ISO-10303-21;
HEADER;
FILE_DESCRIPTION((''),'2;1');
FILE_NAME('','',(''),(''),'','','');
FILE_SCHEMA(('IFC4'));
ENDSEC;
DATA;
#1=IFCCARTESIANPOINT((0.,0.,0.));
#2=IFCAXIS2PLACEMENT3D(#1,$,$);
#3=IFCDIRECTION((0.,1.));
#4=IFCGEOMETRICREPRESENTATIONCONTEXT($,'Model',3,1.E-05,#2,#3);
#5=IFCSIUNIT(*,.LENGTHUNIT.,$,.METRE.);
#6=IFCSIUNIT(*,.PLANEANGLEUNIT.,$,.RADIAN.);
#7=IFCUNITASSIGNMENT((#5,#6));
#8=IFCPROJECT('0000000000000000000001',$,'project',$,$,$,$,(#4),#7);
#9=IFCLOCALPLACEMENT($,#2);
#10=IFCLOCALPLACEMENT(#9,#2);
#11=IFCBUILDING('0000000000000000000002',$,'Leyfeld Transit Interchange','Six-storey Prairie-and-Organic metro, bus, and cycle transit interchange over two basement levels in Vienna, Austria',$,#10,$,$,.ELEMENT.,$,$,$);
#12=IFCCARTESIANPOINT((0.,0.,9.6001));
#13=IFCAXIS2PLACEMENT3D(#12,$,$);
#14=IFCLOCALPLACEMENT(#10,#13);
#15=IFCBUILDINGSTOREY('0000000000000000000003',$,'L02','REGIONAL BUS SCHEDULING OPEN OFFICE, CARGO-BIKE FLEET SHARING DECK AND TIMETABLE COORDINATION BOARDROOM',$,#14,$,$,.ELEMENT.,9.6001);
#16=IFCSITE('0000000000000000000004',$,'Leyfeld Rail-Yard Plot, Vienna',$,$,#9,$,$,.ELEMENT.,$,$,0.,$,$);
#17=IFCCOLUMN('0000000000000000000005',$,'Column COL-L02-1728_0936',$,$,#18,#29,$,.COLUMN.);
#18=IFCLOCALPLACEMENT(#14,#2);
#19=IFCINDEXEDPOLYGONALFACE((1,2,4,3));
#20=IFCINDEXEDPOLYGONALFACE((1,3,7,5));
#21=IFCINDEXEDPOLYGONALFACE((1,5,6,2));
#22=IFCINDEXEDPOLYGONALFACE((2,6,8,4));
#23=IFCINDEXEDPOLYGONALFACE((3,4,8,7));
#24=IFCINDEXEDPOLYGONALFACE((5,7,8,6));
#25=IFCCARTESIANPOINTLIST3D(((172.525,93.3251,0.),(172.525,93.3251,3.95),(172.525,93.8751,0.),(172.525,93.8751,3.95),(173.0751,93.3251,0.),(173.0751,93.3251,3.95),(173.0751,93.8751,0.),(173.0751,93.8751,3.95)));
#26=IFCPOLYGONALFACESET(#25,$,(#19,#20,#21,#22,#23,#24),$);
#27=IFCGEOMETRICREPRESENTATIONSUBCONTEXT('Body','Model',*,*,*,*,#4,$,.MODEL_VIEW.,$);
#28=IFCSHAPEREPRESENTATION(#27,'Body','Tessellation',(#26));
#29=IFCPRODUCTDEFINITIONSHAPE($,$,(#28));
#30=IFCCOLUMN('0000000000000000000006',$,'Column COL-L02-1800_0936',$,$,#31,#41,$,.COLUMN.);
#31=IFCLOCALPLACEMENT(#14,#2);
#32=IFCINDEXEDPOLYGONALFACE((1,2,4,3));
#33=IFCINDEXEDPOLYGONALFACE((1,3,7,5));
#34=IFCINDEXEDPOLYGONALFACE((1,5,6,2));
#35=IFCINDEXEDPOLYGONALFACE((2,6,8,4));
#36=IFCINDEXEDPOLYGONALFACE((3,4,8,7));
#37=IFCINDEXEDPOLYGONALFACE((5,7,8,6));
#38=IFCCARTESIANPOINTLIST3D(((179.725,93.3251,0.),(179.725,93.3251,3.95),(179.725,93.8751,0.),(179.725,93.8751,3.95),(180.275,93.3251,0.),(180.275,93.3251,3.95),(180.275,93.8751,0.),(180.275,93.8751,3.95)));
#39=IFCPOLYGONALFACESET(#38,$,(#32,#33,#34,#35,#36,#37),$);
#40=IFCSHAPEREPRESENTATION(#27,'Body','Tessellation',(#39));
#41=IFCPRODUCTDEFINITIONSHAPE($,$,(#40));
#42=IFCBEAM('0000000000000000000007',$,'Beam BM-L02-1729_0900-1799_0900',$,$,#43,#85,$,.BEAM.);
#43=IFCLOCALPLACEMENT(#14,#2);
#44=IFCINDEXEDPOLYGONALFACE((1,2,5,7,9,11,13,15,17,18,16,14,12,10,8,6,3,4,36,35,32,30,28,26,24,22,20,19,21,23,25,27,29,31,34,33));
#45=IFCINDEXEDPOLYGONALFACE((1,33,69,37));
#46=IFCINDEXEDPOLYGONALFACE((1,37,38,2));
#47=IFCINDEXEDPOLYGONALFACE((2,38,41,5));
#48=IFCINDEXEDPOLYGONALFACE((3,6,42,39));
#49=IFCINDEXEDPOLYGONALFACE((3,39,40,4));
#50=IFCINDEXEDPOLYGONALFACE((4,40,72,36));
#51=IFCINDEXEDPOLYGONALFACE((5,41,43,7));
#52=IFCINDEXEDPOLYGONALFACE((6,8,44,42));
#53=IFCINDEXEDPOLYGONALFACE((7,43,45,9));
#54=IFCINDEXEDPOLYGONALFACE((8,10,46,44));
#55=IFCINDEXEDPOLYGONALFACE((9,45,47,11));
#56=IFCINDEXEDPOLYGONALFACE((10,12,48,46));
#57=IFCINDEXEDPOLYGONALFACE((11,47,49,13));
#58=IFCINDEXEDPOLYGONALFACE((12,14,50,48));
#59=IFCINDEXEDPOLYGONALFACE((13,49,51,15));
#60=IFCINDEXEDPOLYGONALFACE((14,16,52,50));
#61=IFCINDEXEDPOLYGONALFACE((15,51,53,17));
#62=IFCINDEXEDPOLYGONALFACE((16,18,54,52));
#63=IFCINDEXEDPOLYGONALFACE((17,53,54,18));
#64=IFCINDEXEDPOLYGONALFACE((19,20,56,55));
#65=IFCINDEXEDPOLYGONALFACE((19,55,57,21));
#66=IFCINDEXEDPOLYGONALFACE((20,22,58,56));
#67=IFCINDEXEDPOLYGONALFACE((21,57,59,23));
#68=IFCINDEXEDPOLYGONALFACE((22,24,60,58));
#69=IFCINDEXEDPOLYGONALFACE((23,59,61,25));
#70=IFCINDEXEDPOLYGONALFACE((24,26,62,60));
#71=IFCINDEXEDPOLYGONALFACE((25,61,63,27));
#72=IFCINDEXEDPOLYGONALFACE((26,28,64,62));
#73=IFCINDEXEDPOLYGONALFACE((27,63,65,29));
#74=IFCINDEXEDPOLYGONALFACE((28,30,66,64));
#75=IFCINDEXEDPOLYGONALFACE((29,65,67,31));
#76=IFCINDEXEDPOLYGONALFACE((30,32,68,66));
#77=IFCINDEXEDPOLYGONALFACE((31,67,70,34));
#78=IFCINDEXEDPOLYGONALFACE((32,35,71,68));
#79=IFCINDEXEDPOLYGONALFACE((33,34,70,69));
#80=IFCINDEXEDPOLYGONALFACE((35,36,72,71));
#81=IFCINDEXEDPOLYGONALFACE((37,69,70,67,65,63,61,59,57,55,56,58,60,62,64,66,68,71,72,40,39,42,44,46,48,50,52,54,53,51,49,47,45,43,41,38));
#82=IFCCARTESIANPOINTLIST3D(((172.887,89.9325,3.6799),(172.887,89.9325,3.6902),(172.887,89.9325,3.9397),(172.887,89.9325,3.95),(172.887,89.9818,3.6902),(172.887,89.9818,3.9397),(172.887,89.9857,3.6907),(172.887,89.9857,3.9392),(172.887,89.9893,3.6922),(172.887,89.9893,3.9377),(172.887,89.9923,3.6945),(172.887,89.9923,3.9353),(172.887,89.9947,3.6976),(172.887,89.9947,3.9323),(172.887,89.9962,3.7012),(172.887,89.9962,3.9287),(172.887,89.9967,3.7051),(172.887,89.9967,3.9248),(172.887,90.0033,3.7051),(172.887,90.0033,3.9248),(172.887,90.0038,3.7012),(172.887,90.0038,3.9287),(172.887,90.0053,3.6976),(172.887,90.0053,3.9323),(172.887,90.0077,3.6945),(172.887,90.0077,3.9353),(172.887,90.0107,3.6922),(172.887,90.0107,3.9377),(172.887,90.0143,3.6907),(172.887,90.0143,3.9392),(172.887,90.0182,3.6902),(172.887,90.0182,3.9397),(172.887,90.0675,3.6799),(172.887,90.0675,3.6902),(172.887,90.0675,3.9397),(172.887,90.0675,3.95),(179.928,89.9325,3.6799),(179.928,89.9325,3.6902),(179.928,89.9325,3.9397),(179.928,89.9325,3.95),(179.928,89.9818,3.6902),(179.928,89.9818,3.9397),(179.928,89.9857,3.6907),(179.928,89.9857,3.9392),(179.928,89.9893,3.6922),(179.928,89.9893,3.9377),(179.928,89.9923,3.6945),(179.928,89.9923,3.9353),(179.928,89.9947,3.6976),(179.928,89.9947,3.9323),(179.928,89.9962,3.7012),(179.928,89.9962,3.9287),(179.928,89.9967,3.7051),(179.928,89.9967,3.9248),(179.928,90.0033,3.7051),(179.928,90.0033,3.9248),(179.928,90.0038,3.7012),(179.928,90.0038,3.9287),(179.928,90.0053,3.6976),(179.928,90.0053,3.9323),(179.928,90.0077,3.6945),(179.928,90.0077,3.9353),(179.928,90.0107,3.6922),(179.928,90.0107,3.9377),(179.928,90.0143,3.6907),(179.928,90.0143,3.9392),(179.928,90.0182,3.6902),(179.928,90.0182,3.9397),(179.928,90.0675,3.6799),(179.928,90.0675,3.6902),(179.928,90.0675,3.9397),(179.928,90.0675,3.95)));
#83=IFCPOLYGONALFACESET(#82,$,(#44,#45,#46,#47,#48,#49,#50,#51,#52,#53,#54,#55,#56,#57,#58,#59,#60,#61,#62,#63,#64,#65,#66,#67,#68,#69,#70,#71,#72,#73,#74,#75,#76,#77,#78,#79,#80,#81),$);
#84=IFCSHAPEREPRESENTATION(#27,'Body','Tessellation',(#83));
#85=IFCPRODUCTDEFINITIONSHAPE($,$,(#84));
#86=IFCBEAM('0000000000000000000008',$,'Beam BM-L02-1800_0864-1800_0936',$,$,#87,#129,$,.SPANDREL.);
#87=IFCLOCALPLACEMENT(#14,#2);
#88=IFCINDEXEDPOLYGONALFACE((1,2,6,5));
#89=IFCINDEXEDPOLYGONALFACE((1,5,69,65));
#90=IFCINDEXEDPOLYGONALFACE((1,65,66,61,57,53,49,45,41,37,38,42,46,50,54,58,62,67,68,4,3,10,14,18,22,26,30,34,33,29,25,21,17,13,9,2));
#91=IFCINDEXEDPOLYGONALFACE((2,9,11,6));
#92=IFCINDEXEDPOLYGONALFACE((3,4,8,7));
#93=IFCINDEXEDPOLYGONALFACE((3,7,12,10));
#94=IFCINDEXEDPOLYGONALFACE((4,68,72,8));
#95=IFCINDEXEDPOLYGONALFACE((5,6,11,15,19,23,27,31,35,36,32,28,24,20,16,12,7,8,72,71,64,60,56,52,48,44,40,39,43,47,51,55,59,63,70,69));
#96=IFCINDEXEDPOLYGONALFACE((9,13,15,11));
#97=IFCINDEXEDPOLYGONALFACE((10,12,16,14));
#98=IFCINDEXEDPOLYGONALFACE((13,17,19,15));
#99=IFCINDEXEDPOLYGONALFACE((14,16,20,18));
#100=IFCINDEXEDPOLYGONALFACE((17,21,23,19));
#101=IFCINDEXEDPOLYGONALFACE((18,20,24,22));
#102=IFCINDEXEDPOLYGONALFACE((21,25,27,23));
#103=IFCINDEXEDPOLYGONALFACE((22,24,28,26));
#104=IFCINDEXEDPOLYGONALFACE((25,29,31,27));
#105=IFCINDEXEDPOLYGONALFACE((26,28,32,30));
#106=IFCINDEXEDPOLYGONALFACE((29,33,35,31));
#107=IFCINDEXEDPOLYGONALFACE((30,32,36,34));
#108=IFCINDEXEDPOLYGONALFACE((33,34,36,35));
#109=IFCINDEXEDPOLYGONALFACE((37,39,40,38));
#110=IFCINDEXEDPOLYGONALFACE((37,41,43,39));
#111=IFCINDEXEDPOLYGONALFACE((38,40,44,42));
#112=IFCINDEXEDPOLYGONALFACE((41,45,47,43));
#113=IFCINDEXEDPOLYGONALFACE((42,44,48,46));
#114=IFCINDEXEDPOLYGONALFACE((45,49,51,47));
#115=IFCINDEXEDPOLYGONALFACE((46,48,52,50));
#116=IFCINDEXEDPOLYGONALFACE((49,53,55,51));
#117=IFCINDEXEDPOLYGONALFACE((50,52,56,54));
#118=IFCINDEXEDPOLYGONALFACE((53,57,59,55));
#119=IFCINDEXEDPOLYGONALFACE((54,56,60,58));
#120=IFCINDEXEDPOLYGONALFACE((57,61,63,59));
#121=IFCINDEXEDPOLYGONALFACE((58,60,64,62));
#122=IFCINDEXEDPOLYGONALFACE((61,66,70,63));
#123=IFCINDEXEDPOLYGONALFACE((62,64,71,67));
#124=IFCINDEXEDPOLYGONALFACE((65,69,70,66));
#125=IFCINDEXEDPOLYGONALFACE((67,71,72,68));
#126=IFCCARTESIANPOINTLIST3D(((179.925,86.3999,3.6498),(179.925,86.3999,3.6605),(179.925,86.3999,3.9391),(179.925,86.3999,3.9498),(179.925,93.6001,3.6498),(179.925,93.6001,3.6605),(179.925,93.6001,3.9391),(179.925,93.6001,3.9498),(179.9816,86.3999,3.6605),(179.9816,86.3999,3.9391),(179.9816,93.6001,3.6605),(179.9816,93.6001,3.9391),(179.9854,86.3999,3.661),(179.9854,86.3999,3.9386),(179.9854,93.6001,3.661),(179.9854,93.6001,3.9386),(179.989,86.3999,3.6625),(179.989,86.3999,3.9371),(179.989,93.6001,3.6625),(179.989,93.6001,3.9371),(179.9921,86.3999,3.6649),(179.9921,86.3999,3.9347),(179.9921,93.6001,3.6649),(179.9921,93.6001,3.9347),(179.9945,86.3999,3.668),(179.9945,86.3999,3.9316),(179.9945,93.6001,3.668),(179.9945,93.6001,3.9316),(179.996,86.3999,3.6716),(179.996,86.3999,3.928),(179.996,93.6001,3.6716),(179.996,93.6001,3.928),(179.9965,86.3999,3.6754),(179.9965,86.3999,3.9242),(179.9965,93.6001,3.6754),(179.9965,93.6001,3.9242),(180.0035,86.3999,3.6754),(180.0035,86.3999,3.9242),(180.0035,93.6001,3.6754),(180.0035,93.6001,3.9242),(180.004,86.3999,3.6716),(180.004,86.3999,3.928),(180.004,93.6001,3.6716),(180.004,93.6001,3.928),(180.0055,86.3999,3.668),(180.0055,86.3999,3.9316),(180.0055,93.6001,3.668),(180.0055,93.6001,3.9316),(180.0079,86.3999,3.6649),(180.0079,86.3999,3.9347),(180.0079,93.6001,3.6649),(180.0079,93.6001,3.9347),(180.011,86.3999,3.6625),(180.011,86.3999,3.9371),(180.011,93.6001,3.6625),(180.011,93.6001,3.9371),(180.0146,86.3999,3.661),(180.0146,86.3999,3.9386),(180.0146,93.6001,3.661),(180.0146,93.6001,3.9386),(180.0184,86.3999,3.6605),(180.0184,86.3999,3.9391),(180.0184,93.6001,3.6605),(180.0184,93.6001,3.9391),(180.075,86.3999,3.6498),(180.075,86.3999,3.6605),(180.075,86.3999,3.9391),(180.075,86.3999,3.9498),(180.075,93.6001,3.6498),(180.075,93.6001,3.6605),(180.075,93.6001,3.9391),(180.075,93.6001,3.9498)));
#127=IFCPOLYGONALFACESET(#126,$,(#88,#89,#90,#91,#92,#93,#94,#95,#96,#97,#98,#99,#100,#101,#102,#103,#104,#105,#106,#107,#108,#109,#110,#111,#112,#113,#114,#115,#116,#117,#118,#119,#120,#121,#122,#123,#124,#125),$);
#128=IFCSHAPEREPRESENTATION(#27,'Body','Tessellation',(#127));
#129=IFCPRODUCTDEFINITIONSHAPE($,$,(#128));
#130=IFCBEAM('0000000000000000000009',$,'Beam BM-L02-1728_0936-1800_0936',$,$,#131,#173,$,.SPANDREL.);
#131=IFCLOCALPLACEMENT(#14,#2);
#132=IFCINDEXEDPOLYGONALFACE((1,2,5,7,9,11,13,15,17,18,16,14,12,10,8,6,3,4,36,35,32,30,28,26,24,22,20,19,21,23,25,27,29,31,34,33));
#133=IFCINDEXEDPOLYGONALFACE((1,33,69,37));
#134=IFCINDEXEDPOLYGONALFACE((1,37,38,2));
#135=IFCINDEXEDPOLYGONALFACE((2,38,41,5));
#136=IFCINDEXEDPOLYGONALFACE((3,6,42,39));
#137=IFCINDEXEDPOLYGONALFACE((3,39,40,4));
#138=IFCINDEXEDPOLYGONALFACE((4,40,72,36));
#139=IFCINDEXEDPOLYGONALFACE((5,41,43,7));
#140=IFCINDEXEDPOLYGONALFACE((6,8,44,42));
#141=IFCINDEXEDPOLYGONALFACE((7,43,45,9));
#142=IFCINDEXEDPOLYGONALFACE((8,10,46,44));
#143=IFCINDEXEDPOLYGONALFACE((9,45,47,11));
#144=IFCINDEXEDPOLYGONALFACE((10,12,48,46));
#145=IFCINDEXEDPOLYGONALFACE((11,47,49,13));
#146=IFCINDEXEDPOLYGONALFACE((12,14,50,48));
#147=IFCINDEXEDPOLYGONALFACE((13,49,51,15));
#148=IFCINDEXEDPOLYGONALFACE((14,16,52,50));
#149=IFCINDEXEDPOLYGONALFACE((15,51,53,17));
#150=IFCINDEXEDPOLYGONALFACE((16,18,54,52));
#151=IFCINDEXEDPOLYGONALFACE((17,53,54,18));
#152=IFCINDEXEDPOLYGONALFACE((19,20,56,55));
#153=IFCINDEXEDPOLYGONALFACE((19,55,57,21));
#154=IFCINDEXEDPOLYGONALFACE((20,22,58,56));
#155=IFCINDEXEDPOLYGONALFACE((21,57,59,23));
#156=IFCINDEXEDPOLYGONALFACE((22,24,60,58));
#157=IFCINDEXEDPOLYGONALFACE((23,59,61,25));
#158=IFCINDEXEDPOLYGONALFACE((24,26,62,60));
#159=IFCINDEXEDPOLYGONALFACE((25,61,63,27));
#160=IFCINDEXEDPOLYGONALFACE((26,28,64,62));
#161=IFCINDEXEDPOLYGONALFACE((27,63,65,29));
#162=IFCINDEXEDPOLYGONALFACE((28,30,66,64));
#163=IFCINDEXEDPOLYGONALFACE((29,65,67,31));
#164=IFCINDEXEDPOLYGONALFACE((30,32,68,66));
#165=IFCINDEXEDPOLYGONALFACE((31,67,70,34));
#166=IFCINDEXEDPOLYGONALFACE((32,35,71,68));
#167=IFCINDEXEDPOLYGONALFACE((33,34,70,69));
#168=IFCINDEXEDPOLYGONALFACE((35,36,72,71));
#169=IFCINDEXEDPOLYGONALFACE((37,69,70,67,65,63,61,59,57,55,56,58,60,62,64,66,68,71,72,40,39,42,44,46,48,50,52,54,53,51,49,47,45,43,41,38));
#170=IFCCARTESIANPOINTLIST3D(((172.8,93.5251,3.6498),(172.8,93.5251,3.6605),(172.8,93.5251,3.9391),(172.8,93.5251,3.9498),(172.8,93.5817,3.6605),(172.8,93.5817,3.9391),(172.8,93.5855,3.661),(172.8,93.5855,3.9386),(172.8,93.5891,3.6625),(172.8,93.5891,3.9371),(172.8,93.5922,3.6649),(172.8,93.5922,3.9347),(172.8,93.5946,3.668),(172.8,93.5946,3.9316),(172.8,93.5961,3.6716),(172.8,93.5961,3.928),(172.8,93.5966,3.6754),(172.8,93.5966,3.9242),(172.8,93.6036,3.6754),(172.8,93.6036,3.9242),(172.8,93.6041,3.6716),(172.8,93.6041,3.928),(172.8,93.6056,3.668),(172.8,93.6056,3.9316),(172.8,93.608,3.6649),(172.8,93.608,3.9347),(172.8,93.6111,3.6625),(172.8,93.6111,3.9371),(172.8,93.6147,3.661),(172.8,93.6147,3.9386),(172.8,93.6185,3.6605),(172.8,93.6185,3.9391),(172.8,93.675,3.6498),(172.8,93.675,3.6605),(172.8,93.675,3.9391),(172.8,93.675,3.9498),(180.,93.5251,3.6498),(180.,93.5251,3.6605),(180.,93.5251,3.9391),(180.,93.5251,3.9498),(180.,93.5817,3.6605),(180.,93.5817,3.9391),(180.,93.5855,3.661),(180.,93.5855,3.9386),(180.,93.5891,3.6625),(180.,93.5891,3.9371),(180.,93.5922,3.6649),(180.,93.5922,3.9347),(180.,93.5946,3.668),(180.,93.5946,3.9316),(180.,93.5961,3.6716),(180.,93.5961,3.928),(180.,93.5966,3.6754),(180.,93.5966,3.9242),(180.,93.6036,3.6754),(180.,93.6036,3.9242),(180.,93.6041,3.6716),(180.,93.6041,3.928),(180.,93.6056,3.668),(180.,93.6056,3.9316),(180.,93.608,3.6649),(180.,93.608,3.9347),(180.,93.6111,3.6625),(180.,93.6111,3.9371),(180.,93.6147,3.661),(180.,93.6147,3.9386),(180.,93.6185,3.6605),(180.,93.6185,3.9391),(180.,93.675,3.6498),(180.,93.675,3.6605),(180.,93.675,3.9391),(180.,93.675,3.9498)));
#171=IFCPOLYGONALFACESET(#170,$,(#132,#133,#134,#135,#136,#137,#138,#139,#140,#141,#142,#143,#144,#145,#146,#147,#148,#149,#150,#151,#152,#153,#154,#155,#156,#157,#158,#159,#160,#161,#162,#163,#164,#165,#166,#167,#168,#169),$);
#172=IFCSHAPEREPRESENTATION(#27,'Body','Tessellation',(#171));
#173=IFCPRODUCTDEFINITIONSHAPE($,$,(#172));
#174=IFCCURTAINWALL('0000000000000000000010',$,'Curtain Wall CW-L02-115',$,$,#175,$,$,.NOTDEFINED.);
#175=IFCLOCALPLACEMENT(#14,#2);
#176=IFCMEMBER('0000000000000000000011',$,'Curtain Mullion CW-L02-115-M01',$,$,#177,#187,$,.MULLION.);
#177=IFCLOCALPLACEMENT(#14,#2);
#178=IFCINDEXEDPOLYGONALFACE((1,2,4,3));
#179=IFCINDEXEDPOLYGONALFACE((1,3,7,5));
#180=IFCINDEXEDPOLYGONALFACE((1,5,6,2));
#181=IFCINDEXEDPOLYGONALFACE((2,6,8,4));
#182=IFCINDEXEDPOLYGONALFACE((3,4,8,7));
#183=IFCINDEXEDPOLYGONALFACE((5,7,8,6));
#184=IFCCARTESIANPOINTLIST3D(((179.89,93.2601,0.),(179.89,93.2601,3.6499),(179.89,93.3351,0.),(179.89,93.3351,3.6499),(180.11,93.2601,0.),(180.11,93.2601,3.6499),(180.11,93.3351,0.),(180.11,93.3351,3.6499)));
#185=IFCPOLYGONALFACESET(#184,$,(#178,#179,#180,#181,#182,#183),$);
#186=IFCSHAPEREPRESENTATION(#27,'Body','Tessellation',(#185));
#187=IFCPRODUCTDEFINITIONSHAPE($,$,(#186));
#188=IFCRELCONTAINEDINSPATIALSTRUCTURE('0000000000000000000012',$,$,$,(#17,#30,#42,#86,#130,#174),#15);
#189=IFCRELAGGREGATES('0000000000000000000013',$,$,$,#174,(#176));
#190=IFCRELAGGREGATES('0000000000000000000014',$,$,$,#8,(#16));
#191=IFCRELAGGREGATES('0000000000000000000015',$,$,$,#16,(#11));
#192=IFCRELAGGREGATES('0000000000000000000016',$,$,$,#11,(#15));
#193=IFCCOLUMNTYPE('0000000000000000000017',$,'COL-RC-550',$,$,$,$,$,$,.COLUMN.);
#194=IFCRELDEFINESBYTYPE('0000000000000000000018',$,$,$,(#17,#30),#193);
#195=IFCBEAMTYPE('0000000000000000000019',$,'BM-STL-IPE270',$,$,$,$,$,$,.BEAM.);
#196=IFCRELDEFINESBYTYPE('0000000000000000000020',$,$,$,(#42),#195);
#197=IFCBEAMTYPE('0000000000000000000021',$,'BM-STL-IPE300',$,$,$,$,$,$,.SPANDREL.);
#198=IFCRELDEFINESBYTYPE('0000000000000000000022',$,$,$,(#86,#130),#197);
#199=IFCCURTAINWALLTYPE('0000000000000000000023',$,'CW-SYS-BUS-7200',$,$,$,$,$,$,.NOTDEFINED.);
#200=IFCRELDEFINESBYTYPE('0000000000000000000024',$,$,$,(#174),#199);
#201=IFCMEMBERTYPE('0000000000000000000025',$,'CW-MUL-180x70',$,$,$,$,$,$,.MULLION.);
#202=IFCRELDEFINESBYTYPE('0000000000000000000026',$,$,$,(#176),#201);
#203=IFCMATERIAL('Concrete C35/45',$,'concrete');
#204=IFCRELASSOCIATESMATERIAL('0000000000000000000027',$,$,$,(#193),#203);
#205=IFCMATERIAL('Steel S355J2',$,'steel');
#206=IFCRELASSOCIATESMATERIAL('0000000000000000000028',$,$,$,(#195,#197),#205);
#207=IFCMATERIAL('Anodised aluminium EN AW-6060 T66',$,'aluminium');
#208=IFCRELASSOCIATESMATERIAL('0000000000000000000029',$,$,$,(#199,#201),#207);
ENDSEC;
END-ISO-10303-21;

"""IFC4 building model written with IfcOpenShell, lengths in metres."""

from ifc_helpers import new_model, si_unit, direction, frame, origin, origin_2d, place, context, subcontext, project, spatial, rectangle, i_section, extrude, material, material_profile, profile_set, type_object, element, aggregate, save


model = new_model("IFC4")

# Units and contexts
model_context = context("Model", 3, precision=1e-05, world=origin(), true_north=direction((0.0, 1.0)))
body_context = subcontext(model_context, "Body", "Model", "MODEL_VIEW")
ifc_project = project(units=[si_unit("LENGTHUNIT", "METRE"), si_unit("PLANEANGLEUNIT", "RADIAN")], contexts=[model_context])

# Site, building, storey
site_placement = place(None, origin())
site = spatial("IfcSite", under=ifc_project, at=site_placement, Name="Leyfeld Rail-Yard Plot, Vienna", CompositionType="ELEMENT", RefElevation=0.0)
building_placement = place(site_placement, origin())
building = spatial("IfcBuilding", under=site, at=building_placement, Name="Leyfeld Transit Interchange", Description="Six-storey Prairie-and-Organic metro, bus, and cycle transit interchange over two basement levels in Vienna, Austria", CompositionType="ELEMENT")
storey_placement = place(building_placement, frame((0.0, 0.0, 9.6001)))
storey = spatial("IfcBuildingStorey", under=building, at=storey_placement, Name="L02", Description="REGIONAL BUS SCHEDULING OPEN OFFICE, CARGO-BIKE FLEET SHARING DECK AND TIMETABLE COORDINATION BOARDROOM", CompositionType="ELEMENT", Elevation=9.6001)

# Columns
ifc_material_1 = material(Name="Concrete C35/45", Category="concrete")
ifc_material_profile_1 = material_profile(ifc_material_1, rectangle(XDim=0.55, YDim=0.55, at=origin_2d()), Name="RC 550x550")
ifc_profile_set_1 = profile_set([ifc_material_profile_1], Name="Concrete C35/45")
column_type = type_object("IfcColumnType", Name="COL-RC-550", PredefinedType="COLUMN", material=ifc_profile_set_1)
for number, where, z_axis, x_axis, name in (
    (1, (172.8, 93.6001, 0.0), (0.0, 0.0, 1.0), (1.0, 0.0, 0.0), "Column COL-L02-1728_0936"),
    (2, (180.0, 93.6001, 0.0), (0.0, 0.0, 1.0), (1.0, 0.0, 0.0), "Column COL-L02-1800_0936"),
):
    element("IfcColumn", number, at=place(storey_placement, frame(where, z_axis=z_axis, x_axis=x_axis)), inside=storey, type_object=column_type, Name=name, PredefinedType="COLUMN", context=body_context, shape_type="SweptSolid", body=[
        extrude(rectangle(XDim=0.55, YDim=0.55, at=origin_2d()), origin(), (0.0, 0.0, 1.0), 3.95),
    ])

# Beams
ifc_material_2 = material(Name="Steel S355J2", Category="steel")
ifc_material_profile_2 = material_profile(ifc_material_2, i_section(OverallWidth=0.135, OverallDepth=0.27, WebThickness=0.0066, FlangeThickness=0.0103, FilletRadius=0.0149, at=origin_2d()), Name="IPE 270")
ifc_profile_set_2 = profile_set([ifc_material_profile_2], Name="Steel S355J2")
beam_type_1 = type_object("IfcBeamType", Name="BM-STL-IPE270", PredefinedType="BEAM", material=ifc_profile_set_2)
beam_1_placement = place(storey_placement, frame((172.887, 90.0, 3.8149), z_axis=(1.0, 0.0, 0.0), x_axis=(0.0, 1.0, 0.0)))
element("IfcBeam", 3, at=beam_1_placement, inside=storey, type_object=beam_type_1, Name="Beam BM-L02-1729_0900-1799_0900", PredefinedType="BEAM", context=body_context, shape_type="SweptSolid", body=[
    extrude(i_section(OverallWidth=0.135, OverallDepth=0.27, WebThickness=0.0066, FlangeThickness=0.0103, FilletRadius=0.0149, at=origin_2d()), origin(), (0.0, 0.0, 1.0), 7.041),
])
ifc_material_profile_3 = material_profile(ifc_material_2, i_section(OverallWidth=0.1499, OverallDepth=0.3, WebThickness=0.0071, FlangeThickness=0.0107, FilletRadius=0.0149, at=origin_2d()), Name="IPE 300")
ifc_profile_set_3 = profile_set([ifc_material_profile_3], Name="Steel S355J2")
beam_type_2 = type_object("IfcBeamType", Name="BM-STL-IPE300", PredefinedType="SPANDREL", material=ifc_profile_set_3)
beam_2_placement = place(storey_placement, frame((180.0, 86.3999, 3.7998), z_axis=(0.0, 1.0, 0.0), x_axis=(-1.0, 0.0, 0.0)))
element("IfcBeam", 4, at=beam_2_placement, inside=storey, type_object=beam_type_2, Name="Beam BM-L02-1800_0864-1800_0936", PredefinedType="SPANDREL", context=body_context, shape_type="SweptSolid", body=[
    extrude(i_section(OverallWidth=0.1499, OverallDepth=0.3, WebThickness=0.0071, FlangeThickness=0.0107, FilletRadius=0.0149, at=origin_2d()), origin(), (0.0, 0.0, 1.0), 7.2002),
])
beam_3_placement = place(storey_placement, frame((172.8, 93.6001, 3.7998), z_axis=(1.0, 0.0, 0.0), x_axis=(0.0, 1.0, 0.0)))
element("IfcBeam", 5, at=beam_3_placement, inside=storey, type_object=beam_type_2, Name="Beam BM-L02-1728_0936-1800_0936", PredefinedType="SPANDREL", context=body_context, shape_type="SweptSolid", body=[
    extrude(i_section(OverallWidth=0.1499, OverallDepth=0.3, WebThickness=0.0071, FlangeThickness=0.0107, FilletRadius=0.0149, at=origin_2d()), origin(), (0.0, 0.0, 1.0), 7.2),
])

# Curtain wall, member
ifc_material_3 = material(Name="Anodised aluminium EN AW-6060 T66", Category="aluminium")
curtain_wall_type = type_object("IfcCurtainWallType", Name="CW-SYS-BUS-7200", PredefinedType="NOTDEFINED", material=ifc_material_3)
curtain_wall_placement = place(storey_placement, origin())
curtain_wall = element("IfcCurtainWall", 6, at=curtain_wall_placement, inside=storey, type_object=curtain_wall_type, Name="Curtain Wall CW-L02-115", PredefinedType="NOTDEFINED")
ifc_material_profile_4 = material_profile(ifc_material_3, rectangle(XDim=0.075, YDim=0.22, at=origin_2d()), Name="CW-M 75x220")
ifc_profile_set_4 = profile_set([ifc_material_profile_4], Name="Anodised aluminium EN AW-6060 T66")
member_type_1 = type_object("IfcMemberType", Name="CW-MUL-180x70", PredefinedType="MULLION", material=ifc_profile_set_4)
member_1_placement = place(storey_placement, frame((180.0, 93.2976, 0.0), z_axis=(0.0, 0.0, 1.0), x_axis=(0.0, -1.0, 0.0)))
member_1 = element("IfcMember", 7, at=member_1_placement, type_object=member_type_1, Name="Curtain Mullion CW-L02-115-M01", PredefinedType="MULLION", context=body_context, shape_type="SweptSolid", body=[
    extrude(rectangle(XDim=0.075, YDim=0.22, at=origin_2d()), origin(), (0.0, 0.0, 1.0), 3.6499),
])
aggregate(curtain_wall, [member_1])

save(model, "model.ifc")
